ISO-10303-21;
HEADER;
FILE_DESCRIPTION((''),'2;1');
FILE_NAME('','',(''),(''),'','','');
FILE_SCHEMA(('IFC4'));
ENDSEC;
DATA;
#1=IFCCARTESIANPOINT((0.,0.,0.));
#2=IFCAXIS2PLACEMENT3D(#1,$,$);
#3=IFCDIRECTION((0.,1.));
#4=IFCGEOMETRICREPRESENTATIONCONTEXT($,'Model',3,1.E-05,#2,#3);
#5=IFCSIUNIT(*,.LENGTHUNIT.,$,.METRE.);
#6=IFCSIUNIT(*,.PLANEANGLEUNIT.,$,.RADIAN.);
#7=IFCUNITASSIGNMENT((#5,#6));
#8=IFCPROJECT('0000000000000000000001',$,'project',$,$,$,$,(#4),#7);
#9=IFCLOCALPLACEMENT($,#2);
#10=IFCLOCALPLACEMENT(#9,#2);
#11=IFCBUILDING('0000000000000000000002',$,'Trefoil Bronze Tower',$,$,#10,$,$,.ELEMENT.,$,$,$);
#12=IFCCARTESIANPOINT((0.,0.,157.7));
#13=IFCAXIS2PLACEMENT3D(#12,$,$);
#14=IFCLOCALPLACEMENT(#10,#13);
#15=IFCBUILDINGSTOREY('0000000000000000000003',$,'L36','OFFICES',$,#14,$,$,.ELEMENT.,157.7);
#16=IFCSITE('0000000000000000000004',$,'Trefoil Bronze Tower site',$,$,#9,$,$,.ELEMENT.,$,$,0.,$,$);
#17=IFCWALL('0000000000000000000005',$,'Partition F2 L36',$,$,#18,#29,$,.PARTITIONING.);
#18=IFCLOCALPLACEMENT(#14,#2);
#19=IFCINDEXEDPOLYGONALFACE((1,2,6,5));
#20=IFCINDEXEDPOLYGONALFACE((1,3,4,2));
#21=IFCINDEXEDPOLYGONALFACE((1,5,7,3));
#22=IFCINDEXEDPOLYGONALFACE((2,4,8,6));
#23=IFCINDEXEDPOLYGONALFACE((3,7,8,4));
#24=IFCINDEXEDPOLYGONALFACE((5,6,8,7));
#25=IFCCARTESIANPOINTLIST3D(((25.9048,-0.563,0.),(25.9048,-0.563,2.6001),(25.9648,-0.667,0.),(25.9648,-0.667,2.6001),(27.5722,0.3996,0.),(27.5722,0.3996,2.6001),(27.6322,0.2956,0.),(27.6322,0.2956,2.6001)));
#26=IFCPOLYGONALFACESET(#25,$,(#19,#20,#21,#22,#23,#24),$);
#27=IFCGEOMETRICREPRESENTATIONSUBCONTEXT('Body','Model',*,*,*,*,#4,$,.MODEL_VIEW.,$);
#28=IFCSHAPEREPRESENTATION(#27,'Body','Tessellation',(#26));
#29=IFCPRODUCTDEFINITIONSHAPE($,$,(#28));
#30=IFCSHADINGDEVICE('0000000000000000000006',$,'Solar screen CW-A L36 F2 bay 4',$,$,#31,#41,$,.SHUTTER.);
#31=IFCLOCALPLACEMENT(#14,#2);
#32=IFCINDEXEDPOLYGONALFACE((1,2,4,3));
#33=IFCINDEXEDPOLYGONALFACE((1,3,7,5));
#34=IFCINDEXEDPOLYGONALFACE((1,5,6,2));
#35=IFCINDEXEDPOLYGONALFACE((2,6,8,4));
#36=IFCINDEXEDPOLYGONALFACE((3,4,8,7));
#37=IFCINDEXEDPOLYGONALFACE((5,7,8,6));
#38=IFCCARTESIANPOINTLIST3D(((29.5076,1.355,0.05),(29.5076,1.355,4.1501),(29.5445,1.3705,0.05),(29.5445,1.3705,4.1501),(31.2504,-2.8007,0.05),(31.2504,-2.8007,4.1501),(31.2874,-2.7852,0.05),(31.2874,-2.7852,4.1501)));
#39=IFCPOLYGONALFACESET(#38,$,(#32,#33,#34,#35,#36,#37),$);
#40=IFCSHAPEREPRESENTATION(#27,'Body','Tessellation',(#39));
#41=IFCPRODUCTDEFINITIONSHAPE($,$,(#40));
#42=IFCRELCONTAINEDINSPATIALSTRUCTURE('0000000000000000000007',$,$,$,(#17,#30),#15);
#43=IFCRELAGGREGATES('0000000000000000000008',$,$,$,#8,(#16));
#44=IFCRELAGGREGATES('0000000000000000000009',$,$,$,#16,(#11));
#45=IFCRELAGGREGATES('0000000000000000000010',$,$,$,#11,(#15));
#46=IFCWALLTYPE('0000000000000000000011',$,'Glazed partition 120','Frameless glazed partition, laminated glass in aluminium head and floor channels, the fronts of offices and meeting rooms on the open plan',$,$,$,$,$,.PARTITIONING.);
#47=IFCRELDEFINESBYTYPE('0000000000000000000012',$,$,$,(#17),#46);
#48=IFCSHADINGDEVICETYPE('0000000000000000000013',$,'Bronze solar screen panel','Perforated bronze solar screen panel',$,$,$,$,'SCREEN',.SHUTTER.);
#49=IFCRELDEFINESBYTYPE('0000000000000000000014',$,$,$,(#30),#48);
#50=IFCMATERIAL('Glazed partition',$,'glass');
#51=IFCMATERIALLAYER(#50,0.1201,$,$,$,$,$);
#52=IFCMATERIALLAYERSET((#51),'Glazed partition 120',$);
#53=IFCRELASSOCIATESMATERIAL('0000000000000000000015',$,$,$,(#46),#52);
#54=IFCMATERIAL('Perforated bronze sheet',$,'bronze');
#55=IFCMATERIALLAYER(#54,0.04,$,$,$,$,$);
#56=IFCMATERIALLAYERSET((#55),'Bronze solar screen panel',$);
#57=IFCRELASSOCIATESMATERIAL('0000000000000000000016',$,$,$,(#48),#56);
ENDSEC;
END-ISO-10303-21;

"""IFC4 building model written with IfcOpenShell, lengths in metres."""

from ifc_helpers import new_model, si_unit, direction, frame, frame_2d, origin, origin_2d, place, context, subcontext, project, spatial, rectangle, extrude, material, layer, layer_set, type_object, element, save


model = new_model("IFC4")

# Units and contexts
model_context = context("Model", 3, precision=1e-05, world=origin(), true_north=direction((0.0, 1.0)))
body_context = subcontext(model_context, "Body", "Model", "MODEL_VIEW")
ifc_project = project(units=[si_unit("LENGTHUNIT", "METRE"), si_unit("PLANEANGLEUNIT", "RADIAN")], contexts=[model_context])

# Site, building, storey
site_placement = place(None, origin())
site = spatial("IfcSite", under=ifc_project, at=site_placement, Name="Trefoil Bronze Tower site", CompositionType="ELEMENT", RefElevation=0.0)
building_placement = place(site_placement, origin())
building = spatial("IfcBuilding", under=site, at=building_placement, Name="Trefoil Bronze Tower", CompositionType="ELEMENT")
storey_placement = place(building_placement, frame((0.0, 0.0, 157.7)))
storey = spatial("IfcBuildingStorey", under=building, at=storey_placement, Name="L36", Description="OFFICES", CompositionType="ELEMENT", Elevation=157.7)

# Shared definitions
ifc_material_1 = material(Name="Glazed partition", Category="glass")
ifc_layer_1 = layer(ifc_material_1, 0.1201)
ifc_layer_set_1 = layer_set([ifc_layer_1], Name="Glazed partition 120")
wall_type_1 = type_object("IfcWallType", Name="Glazed partition 120", Description="Frameless glazed partition, laminated glass in aluminium head and floor channels, the fronts of offices and meeting rooms on the open plan", PredefinedType="PARTITIONING", material=ifc_layer_set_1)

# Wall
wall_1_placement = place(storey_placement, frame((25.9348, -0.615, 0.0), z_axis=(0.0, 0.0, 1.0), x_axis=(0.866042, 0.499971, 0.0)))
element("IfcWall", 1, at=wall_1_placement, inside=storey, type_object=wall_type_1, Name="Partition F2 L36", PredefinedType="PARTITIONING", context=body_context, shape_type="SweptSolid", body=[
    extrude(rectangle(XDim=1.9253, YDim=0.1201, at=frame_2d((0.9626, 0.0))), origin(), (0.0, 0.0, 1.0), 2.6001),
])

# Shading device
ifc_material_2 = material(Name="Perforated bronze sheet", Category="bronze")
ifc_layer_2 = layer(ifc_material_2, 0.04)
ifc_layer_set_2 = layer_set([ifc_layer_2], Name="Bronze solar screen panel")
shading_device_type = type_object("IfcShadingDeviceType", Name="Bronze solar screen panel", Description="Perforated bronze solar screen panel", ElementType="SCREEN", PredefinedType="SHUTTER", material=ifc_layer_set_2)
shading_device_placement = place(storey_placement, frame((30.3975, -0.7151, 0.05), z_axis=(0.0, 0.0, 1.0), x_axis=(-0.386759, 0.922181, 0.0)))
element("IfcShadingDevice", 2, at=shading_device_placement, inside=storey, type_object=shading_device_type, Name="Solar screen CW-A L36 F2 bay 4", PredefinedType="SHUTTER", context=body_context, shape_type="SweptSolid", body=[
    extrude(rectangle(XDim=4.5063, YDim=0.04, at=origin_2d()), origin(), (0.0, 0.0, 1.0), 4.1001),
])

save(model, "model.ifc")
